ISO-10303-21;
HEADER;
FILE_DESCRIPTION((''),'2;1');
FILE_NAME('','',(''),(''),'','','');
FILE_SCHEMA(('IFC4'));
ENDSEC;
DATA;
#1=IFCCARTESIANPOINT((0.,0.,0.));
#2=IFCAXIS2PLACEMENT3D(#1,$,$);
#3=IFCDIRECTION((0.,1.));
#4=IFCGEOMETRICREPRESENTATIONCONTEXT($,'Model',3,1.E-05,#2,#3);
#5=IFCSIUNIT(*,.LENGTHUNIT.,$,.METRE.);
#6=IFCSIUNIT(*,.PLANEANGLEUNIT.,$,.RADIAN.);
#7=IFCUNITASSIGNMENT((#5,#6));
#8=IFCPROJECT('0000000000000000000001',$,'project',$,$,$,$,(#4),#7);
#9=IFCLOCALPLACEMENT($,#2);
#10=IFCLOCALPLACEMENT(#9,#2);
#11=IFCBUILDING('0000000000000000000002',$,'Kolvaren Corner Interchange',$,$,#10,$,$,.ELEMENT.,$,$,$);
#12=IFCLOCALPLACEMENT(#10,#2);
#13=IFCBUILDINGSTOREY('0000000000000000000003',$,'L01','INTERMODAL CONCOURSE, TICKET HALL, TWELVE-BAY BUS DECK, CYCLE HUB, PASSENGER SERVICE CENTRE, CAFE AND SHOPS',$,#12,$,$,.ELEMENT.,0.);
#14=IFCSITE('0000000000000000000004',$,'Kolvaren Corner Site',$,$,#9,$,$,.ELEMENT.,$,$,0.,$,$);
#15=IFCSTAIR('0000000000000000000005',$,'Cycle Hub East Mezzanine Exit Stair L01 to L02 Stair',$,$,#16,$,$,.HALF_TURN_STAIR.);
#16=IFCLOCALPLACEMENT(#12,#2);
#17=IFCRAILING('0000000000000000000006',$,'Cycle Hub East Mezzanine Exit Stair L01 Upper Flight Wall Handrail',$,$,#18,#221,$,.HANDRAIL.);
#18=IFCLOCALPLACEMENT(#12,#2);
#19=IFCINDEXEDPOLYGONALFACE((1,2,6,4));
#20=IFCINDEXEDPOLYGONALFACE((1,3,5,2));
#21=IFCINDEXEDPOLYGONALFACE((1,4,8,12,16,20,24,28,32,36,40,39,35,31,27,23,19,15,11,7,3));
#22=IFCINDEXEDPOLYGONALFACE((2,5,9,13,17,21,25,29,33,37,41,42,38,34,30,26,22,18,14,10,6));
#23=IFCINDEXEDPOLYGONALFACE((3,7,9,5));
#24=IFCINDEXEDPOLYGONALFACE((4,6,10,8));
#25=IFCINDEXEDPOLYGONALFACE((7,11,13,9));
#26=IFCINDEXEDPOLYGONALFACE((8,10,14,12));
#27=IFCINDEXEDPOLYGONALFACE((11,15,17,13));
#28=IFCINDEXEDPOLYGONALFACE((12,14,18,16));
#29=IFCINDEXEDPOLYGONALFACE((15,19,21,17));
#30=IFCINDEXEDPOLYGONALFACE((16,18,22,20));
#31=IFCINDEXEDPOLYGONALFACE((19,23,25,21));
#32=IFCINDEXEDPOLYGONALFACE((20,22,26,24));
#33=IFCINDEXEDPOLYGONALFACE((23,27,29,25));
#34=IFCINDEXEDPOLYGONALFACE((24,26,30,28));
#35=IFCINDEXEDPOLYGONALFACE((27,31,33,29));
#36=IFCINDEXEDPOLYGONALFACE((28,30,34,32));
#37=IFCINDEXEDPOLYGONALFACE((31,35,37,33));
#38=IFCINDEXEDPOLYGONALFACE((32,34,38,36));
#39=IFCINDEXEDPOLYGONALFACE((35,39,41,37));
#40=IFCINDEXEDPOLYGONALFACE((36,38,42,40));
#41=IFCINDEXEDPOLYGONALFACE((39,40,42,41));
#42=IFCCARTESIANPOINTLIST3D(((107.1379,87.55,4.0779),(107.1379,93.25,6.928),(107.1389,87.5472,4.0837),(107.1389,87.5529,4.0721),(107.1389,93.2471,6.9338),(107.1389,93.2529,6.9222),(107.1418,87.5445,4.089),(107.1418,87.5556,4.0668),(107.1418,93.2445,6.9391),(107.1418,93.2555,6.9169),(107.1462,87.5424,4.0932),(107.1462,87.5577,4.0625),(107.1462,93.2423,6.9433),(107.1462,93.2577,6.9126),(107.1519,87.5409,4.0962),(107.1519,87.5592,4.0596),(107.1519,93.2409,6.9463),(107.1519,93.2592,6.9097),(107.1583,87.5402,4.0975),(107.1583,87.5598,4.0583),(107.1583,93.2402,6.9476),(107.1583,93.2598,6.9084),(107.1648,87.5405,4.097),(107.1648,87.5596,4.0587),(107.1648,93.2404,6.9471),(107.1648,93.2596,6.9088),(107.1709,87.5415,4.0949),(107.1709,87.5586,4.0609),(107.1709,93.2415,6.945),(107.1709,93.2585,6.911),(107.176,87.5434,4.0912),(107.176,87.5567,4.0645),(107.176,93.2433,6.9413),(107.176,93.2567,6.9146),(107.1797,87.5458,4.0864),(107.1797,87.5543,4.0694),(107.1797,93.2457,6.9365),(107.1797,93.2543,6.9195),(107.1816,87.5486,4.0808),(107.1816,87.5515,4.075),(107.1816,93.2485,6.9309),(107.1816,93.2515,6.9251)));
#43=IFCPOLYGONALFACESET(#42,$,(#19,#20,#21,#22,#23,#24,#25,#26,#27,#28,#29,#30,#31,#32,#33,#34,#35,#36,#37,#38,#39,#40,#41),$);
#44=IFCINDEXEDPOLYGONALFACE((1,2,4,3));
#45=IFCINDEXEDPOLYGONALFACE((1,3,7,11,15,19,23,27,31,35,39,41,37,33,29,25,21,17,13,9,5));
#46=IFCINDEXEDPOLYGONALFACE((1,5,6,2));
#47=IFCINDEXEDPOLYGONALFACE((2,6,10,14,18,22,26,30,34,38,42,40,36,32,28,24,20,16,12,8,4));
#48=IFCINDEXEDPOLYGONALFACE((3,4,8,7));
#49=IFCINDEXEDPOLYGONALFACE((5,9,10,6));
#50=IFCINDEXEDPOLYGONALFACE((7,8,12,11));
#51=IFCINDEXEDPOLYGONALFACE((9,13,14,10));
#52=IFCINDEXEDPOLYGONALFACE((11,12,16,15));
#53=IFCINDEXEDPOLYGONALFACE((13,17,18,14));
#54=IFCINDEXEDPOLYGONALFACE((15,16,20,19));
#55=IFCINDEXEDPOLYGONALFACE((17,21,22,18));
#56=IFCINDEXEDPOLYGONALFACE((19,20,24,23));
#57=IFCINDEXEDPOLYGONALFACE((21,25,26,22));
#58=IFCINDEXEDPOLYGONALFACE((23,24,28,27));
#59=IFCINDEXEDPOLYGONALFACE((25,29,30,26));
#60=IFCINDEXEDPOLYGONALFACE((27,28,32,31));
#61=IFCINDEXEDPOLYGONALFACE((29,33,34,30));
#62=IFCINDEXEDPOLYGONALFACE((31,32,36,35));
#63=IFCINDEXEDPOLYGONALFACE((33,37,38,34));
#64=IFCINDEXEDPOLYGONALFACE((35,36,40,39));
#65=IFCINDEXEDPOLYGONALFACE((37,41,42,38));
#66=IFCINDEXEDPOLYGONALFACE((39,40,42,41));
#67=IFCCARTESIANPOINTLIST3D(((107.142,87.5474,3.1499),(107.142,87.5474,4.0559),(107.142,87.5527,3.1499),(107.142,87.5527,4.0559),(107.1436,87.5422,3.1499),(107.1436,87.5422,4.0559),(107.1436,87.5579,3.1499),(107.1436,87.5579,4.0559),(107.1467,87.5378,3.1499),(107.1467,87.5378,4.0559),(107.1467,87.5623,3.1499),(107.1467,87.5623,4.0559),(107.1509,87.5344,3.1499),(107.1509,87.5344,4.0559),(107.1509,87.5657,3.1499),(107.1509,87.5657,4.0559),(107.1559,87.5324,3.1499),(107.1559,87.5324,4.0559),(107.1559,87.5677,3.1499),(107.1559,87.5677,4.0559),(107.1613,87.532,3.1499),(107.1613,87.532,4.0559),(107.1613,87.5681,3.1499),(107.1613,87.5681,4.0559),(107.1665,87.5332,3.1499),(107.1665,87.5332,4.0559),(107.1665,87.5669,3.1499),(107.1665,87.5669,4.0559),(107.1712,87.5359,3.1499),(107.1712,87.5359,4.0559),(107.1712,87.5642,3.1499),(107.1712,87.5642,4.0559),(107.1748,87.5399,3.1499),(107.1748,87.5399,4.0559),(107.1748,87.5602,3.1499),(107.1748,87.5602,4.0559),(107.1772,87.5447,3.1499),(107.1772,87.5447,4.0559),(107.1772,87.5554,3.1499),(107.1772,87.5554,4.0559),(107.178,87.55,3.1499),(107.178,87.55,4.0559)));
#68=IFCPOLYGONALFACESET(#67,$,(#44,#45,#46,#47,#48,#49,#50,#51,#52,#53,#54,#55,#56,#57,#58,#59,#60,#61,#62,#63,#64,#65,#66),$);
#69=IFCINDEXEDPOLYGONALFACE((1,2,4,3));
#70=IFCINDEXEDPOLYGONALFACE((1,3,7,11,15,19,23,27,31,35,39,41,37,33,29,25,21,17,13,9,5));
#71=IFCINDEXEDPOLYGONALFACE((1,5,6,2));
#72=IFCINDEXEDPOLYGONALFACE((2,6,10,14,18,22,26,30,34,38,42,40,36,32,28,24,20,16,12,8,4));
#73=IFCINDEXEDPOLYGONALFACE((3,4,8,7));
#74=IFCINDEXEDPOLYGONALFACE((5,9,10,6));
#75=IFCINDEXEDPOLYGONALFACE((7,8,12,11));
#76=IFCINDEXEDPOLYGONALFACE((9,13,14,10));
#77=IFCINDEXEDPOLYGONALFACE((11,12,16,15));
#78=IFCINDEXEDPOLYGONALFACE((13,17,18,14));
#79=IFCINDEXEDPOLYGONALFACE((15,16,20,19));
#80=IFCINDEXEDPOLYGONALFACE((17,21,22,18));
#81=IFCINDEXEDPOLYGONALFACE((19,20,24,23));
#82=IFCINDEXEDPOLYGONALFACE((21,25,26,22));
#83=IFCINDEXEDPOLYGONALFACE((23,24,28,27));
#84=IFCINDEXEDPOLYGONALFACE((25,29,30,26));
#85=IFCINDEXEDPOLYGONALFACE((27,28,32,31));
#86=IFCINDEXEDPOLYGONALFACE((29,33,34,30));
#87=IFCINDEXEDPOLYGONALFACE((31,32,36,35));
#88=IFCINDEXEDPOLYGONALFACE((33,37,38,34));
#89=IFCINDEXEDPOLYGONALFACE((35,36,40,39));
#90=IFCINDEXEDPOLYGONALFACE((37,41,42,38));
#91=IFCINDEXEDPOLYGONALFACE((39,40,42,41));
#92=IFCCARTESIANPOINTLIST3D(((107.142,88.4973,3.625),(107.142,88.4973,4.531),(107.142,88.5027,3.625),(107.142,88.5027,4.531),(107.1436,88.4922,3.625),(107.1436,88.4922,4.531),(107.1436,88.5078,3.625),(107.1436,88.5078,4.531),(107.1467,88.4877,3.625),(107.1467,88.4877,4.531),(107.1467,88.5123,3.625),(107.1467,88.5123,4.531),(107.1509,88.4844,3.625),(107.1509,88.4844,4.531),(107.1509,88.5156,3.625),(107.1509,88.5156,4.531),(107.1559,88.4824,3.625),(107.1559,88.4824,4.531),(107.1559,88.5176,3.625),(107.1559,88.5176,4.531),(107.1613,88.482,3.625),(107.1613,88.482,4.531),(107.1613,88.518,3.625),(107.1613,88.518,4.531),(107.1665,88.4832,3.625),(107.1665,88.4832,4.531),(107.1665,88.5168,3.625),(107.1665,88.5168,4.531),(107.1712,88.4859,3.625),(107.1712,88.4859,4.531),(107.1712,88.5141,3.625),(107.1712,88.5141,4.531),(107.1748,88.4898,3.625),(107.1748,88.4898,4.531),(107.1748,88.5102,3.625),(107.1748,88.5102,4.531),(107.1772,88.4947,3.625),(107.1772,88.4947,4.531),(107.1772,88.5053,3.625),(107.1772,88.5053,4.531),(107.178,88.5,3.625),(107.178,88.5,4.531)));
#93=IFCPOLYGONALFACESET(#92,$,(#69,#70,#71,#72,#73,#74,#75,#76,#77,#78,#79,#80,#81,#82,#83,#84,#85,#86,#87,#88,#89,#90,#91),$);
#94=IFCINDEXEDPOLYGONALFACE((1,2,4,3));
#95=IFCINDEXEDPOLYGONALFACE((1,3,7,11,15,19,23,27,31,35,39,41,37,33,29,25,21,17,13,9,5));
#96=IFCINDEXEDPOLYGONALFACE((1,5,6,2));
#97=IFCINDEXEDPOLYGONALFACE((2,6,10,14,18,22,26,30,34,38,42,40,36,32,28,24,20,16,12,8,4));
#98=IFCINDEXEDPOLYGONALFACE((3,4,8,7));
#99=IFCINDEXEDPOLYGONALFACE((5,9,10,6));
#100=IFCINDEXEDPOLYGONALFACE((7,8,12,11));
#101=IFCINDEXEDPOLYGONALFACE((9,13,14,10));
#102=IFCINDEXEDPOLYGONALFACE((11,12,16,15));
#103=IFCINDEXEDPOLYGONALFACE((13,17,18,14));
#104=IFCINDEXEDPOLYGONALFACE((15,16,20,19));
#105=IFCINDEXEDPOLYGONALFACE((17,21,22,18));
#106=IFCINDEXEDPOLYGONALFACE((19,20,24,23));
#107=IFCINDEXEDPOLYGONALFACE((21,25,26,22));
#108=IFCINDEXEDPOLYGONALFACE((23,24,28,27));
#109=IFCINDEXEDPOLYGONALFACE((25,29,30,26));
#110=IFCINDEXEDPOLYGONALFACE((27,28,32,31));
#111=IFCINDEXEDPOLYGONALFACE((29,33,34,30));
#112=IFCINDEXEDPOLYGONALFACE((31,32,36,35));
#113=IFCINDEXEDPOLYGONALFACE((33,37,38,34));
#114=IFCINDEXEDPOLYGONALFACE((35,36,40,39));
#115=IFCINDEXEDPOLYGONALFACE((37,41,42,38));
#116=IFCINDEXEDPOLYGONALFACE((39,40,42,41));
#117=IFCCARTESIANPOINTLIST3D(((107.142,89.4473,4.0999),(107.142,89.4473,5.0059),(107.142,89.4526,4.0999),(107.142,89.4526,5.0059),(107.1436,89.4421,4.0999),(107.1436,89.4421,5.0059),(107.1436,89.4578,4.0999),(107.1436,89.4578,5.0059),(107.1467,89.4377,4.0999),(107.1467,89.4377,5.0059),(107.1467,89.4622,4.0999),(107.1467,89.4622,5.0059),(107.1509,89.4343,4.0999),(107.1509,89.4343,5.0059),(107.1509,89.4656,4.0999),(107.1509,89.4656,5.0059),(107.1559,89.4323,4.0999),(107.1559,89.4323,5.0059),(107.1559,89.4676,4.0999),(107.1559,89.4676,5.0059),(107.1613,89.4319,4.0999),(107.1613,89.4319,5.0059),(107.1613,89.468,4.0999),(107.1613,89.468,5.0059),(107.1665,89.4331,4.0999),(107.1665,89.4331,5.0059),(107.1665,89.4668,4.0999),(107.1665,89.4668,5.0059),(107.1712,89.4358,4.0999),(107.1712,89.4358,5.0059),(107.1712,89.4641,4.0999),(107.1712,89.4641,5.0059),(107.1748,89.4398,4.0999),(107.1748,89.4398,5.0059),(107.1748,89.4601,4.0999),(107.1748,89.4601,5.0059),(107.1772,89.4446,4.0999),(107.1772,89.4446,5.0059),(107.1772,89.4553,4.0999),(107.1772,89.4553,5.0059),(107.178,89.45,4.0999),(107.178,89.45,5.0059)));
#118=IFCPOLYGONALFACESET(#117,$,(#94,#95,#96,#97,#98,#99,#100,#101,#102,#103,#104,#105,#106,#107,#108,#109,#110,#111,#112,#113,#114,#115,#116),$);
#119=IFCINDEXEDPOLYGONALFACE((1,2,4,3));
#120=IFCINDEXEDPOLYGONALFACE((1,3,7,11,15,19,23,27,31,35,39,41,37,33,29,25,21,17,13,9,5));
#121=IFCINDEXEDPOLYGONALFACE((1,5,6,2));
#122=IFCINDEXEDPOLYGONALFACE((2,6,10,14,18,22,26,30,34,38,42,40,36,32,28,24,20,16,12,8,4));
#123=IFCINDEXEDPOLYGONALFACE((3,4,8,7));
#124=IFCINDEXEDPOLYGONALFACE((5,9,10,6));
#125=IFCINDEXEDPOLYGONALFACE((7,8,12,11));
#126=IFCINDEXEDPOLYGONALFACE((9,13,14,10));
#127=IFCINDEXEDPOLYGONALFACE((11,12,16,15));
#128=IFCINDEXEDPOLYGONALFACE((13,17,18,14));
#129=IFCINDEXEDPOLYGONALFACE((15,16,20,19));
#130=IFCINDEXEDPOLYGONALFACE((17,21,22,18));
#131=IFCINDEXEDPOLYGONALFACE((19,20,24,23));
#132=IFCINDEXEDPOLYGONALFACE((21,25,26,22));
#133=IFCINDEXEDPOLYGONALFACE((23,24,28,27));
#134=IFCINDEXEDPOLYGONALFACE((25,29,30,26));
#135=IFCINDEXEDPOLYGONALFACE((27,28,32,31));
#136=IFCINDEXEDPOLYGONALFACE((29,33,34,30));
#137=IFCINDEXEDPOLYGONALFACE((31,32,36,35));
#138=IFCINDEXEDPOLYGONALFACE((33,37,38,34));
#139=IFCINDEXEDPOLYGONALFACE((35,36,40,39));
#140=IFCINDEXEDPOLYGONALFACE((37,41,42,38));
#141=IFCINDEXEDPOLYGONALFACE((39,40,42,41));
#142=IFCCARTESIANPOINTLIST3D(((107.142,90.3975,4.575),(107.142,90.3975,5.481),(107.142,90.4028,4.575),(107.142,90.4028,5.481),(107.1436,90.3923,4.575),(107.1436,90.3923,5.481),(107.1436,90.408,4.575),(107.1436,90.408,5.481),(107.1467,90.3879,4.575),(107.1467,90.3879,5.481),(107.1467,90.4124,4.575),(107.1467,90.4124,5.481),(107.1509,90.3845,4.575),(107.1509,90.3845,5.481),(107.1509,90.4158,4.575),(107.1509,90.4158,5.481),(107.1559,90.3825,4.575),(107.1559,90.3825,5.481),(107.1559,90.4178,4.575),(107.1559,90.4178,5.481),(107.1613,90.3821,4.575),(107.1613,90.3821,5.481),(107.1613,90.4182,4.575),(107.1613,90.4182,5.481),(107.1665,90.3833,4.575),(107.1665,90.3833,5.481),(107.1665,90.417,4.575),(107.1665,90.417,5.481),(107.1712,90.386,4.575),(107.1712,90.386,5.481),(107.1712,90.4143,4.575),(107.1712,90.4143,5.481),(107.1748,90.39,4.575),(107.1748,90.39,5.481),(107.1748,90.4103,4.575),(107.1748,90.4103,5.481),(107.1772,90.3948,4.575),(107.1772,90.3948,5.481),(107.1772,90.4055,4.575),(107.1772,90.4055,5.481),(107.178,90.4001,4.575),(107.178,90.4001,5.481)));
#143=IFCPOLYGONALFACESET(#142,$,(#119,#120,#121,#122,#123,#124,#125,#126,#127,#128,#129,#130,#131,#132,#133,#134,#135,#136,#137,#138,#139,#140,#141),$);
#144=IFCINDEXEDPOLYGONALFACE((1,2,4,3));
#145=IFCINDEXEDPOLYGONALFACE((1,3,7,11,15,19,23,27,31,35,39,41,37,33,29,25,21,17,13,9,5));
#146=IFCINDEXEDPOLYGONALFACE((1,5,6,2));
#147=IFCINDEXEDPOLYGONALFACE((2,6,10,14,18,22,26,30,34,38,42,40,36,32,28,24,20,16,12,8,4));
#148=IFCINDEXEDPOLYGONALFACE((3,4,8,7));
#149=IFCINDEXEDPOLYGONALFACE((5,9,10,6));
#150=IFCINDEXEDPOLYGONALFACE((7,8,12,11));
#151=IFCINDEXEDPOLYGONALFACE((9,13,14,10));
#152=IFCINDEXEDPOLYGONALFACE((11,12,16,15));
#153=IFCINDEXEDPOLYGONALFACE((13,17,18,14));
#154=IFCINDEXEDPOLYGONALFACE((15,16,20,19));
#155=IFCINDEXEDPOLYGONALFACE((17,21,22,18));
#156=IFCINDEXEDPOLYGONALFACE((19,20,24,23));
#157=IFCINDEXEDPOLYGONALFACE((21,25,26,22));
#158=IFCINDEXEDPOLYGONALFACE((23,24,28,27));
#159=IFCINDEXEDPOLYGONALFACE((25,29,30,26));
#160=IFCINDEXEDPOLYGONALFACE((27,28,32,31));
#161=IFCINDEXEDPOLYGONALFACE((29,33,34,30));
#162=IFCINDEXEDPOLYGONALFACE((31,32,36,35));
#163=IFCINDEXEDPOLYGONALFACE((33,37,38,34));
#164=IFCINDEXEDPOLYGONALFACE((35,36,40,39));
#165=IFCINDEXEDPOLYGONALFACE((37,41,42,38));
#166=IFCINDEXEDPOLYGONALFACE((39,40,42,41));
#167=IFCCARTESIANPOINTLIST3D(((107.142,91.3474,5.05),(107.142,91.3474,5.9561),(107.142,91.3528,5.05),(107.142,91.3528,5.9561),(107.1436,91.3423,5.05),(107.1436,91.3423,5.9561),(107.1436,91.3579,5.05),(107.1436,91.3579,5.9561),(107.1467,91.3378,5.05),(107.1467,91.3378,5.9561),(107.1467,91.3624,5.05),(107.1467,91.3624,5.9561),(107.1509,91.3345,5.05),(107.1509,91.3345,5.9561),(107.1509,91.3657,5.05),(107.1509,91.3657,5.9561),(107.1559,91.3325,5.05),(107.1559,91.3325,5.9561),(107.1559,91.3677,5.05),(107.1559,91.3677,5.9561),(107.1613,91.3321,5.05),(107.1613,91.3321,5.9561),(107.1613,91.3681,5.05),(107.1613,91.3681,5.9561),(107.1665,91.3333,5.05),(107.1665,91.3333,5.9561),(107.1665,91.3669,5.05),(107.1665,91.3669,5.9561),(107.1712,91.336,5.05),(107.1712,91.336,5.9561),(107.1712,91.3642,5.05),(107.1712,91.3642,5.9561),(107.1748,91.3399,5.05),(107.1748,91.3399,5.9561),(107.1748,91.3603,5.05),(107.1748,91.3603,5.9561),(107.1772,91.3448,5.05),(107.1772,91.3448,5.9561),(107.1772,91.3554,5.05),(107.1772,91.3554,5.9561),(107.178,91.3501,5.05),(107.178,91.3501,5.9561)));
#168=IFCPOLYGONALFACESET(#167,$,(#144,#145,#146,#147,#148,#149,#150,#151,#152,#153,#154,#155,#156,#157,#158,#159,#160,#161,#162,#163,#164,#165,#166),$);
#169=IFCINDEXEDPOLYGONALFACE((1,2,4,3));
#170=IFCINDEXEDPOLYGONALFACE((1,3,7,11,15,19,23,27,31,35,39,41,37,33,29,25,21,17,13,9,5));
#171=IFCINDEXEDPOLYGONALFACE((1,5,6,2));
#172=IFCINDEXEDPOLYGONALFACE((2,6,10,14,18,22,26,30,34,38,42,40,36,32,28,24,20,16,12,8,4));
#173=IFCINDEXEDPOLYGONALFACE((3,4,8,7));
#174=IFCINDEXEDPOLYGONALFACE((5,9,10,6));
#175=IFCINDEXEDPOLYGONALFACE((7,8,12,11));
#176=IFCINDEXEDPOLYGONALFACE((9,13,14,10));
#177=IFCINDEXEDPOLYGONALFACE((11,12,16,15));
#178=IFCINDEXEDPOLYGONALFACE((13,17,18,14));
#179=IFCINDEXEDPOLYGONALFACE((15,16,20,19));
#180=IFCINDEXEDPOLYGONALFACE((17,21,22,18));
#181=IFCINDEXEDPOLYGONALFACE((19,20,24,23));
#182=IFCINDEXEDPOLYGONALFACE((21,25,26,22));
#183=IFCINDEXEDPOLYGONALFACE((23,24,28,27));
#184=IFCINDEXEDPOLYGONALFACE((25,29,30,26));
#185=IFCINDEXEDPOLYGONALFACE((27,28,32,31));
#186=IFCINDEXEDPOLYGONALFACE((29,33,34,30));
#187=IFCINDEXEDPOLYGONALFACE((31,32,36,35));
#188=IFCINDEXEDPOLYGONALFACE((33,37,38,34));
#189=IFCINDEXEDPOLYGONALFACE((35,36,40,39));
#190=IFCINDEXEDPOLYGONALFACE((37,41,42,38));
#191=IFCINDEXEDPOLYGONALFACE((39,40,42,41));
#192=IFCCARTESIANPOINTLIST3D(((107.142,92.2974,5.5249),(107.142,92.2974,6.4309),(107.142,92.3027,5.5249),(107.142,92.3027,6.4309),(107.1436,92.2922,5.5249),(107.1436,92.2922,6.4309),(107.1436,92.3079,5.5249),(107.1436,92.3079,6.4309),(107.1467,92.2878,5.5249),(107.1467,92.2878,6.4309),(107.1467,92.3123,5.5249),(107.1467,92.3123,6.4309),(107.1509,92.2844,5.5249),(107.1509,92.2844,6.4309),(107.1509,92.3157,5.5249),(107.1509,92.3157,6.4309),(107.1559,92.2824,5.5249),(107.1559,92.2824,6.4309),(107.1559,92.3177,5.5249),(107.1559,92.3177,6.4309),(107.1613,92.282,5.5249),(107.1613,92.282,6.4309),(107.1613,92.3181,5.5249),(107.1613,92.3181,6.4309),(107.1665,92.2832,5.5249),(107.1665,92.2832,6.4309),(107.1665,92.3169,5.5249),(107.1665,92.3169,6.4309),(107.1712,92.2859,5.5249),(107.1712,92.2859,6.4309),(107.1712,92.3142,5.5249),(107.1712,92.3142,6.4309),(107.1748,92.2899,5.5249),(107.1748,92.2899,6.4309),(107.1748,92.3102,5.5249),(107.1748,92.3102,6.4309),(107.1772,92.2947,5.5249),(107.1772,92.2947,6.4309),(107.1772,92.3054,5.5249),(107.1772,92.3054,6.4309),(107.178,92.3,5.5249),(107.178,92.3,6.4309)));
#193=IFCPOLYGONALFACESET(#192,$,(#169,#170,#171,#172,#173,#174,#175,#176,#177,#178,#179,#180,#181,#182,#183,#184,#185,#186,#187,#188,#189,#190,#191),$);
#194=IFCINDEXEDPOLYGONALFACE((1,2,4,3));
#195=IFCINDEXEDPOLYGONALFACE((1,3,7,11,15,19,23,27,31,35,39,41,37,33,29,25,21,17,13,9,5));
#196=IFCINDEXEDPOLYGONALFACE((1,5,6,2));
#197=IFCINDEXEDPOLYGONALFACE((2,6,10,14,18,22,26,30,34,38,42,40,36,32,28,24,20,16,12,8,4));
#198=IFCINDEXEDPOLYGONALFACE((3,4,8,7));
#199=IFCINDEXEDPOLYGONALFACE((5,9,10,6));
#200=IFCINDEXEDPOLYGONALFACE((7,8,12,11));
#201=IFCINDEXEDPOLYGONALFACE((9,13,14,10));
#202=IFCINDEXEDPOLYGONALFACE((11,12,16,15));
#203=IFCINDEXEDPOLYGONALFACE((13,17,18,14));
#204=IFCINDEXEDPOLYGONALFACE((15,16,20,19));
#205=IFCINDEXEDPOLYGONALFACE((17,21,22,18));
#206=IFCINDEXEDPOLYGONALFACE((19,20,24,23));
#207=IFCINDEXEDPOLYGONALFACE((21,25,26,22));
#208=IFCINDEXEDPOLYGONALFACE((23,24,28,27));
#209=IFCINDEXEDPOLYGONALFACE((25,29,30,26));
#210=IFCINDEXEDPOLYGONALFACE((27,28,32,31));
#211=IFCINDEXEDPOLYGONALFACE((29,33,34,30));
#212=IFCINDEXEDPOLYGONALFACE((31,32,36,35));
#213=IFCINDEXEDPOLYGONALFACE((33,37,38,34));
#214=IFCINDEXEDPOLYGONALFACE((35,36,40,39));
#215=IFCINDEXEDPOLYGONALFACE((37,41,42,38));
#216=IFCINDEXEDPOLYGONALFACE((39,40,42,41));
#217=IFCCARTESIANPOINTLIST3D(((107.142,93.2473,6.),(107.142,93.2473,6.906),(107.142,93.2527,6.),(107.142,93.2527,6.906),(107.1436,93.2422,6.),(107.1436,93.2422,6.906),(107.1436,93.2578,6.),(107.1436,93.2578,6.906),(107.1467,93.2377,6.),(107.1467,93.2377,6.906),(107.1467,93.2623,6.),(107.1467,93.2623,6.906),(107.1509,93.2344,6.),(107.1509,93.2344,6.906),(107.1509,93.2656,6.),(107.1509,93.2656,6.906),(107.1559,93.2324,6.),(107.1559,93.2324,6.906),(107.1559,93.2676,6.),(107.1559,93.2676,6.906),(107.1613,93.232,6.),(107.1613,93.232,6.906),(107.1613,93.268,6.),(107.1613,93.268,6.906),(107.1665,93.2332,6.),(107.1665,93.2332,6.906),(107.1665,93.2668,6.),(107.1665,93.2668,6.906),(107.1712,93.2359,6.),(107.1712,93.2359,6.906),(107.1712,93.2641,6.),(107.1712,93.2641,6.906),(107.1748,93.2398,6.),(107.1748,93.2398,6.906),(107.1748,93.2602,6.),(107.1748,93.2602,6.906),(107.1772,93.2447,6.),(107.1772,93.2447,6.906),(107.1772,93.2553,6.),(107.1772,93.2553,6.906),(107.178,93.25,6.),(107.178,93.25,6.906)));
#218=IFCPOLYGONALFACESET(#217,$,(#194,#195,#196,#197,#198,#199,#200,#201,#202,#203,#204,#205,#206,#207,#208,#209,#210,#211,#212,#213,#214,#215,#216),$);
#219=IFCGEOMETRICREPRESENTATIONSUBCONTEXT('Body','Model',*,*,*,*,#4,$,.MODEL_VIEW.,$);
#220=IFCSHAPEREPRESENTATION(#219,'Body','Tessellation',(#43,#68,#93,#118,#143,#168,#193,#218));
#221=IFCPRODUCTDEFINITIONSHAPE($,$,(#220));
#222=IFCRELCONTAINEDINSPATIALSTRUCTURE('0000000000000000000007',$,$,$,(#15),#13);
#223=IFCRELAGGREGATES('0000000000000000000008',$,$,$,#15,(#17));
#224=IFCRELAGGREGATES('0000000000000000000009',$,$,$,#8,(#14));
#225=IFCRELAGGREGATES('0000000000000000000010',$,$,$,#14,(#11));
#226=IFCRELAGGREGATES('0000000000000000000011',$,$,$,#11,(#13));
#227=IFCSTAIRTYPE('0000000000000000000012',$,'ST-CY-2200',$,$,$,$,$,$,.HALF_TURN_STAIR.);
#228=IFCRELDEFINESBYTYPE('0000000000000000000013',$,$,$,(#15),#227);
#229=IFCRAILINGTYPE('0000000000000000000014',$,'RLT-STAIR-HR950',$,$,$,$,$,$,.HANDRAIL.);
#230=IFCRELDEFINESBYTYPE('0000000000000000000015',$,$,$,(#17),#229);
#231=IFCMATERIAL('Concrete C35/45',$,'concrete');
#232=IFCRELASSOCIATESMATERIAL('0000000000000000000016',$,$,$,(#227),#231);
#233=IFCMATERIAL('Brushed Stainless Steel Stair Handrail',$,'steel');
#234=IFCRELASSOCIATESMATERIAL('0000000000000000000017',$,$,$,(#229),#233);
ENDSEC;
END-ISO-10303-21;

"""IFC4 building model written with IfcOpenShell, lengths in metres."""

from ifc_helpers import new_model, si_unit, direction, frame, origin, origin_2d, place, context, subcontext, project, spatial, circle, extrude, material, type_object, element, aggregate, save


model = new_model("IFC4")

# Units and contexts
model_context = context("Model", 3, precision=1e-05, world=origin(), true_north=direction((0.0, 1.0)))
body_context = subcontext(model_context, "Body", "Model", "MODEL_VIEW")
ifc_project = project(units=[si_unit("LENGTHUNIT", "METRE"), si_unit("PLANEANGLEUNIT", "RADIAN")], contexts=[model_context])

# Site, building, storey
site_placement = place(None, origin())
site = spatial("IfcSite", under=ifc_project, at=site_placement, Name="Kolvaren Corner Site", CompositionType="ELEMENT", RefElevation=0.0)
building_placement = place(site_placement, origin())
building = spatial("IfcBuilding", under=site, at=building_placement, Name="Kolvaren Corner Interchange", CompositionType="ELEMENT")
storey_placement = place(building_placement, origin())
storey = spatial("IfcBuildingStorey", under=building, at=storey_placement, Name="L01", Description="INTERMODAL CONCOURSE, TICKET HALL, TWELVE-BAY BUS DECK, CYCLE HUB, PASSENGER SERVICE CENTRE, CAFE AND SHOPS", CompositionType="ELEMENT", Elevation=0.0)

# Stair, railing
ifc_material_1 = material(Name="Concrete C35/45", Category="concrete")
stair_type = type_object("IfcStairType", Name="ST-CY-2200", PredefinedType="HALF_TURN_STAIR", material=ifc_material_1)
stair_placement = place(storey_placement, origin())
stair = element("IfcStair", 1, at=stair_placement, inside=storey, type_object=stair_type, Name="Cycle Hub East Mezzanine Exit Stair L01 to L02 Stair", PredefinedType="HALF_TURN_STAIR")
ifc_material_2 = material(Name="Brushed Stainless Steel Stair Handrail", Category="steel")
railing_type_1 = type_object("IfcRailingType", Name="RLT-STAIR-HR950", PredefinedType="HANDRAIL", material=ifc_material_2)
railing_1_placement = place(storey_placement, frame((107.1599, 87.55, 3.1499)))
railing_1 = element("IfcRailing", 2, at=railing_1_placement, type_object=railing_type_1, Name="Cycle Hub East Mezzanine Exit Stair L01 Upper Flight Wall Handrail", PredefinedType="HANDRAIL", context=body_context, shape_type="SweptSolid", body=[
    extrude(circle(Radius=0.022, at=origin_2d()), frame((0.0, 0.0, 0.928), z_axis=(0.0, 0.89442, 0.447229), x_axis=(-1.0, 0.0, 0.0)), (0.0, 0.0, 1.0), 6.3728),
    extrude(circle(Radius=0.0181, at=origin_2d()), origin(), (0.0, 0.0, 1.0), 0.906),
    extrude(circle(Radius=0.0181, at=origin_2d()), frame((0.0, 0.95, 0.4751)), (0.0, 0.0, 1.0), 0.906),
    extrude(circle(Radius=0.0181, at=origin_2d()), frame((0.0, 1.8999, 0.95)), (0.0, 0.0, 1.0), 0.906),
    extrude(circle(Radius=0.0181, at=origin_2d()), frame((0.0, 2.8501, 1.425)), (0.0, 0.0, 1.0), 0.906),
    extrude(circle(Radius=0.0181, at=origin_2d()), frame((0.0, 3.8, 1.9001)), (0.0, 0.0, 1.0), 0.906),
    extrude(circle(Radius=0.0181, at=origin_2d()), frame((0.0, 4.75, 2.375)), (0.0, 0.0, 1.0), 0.906),
    extrude(circle(Radius=0.0181, at=origin_2d()), frame((0.0, 5.7, 2.8501)), (0.0, 0.0, 1.0), 0.906),
])
aggregate(stair, [railing_1])

save(model, "model.ifc")
